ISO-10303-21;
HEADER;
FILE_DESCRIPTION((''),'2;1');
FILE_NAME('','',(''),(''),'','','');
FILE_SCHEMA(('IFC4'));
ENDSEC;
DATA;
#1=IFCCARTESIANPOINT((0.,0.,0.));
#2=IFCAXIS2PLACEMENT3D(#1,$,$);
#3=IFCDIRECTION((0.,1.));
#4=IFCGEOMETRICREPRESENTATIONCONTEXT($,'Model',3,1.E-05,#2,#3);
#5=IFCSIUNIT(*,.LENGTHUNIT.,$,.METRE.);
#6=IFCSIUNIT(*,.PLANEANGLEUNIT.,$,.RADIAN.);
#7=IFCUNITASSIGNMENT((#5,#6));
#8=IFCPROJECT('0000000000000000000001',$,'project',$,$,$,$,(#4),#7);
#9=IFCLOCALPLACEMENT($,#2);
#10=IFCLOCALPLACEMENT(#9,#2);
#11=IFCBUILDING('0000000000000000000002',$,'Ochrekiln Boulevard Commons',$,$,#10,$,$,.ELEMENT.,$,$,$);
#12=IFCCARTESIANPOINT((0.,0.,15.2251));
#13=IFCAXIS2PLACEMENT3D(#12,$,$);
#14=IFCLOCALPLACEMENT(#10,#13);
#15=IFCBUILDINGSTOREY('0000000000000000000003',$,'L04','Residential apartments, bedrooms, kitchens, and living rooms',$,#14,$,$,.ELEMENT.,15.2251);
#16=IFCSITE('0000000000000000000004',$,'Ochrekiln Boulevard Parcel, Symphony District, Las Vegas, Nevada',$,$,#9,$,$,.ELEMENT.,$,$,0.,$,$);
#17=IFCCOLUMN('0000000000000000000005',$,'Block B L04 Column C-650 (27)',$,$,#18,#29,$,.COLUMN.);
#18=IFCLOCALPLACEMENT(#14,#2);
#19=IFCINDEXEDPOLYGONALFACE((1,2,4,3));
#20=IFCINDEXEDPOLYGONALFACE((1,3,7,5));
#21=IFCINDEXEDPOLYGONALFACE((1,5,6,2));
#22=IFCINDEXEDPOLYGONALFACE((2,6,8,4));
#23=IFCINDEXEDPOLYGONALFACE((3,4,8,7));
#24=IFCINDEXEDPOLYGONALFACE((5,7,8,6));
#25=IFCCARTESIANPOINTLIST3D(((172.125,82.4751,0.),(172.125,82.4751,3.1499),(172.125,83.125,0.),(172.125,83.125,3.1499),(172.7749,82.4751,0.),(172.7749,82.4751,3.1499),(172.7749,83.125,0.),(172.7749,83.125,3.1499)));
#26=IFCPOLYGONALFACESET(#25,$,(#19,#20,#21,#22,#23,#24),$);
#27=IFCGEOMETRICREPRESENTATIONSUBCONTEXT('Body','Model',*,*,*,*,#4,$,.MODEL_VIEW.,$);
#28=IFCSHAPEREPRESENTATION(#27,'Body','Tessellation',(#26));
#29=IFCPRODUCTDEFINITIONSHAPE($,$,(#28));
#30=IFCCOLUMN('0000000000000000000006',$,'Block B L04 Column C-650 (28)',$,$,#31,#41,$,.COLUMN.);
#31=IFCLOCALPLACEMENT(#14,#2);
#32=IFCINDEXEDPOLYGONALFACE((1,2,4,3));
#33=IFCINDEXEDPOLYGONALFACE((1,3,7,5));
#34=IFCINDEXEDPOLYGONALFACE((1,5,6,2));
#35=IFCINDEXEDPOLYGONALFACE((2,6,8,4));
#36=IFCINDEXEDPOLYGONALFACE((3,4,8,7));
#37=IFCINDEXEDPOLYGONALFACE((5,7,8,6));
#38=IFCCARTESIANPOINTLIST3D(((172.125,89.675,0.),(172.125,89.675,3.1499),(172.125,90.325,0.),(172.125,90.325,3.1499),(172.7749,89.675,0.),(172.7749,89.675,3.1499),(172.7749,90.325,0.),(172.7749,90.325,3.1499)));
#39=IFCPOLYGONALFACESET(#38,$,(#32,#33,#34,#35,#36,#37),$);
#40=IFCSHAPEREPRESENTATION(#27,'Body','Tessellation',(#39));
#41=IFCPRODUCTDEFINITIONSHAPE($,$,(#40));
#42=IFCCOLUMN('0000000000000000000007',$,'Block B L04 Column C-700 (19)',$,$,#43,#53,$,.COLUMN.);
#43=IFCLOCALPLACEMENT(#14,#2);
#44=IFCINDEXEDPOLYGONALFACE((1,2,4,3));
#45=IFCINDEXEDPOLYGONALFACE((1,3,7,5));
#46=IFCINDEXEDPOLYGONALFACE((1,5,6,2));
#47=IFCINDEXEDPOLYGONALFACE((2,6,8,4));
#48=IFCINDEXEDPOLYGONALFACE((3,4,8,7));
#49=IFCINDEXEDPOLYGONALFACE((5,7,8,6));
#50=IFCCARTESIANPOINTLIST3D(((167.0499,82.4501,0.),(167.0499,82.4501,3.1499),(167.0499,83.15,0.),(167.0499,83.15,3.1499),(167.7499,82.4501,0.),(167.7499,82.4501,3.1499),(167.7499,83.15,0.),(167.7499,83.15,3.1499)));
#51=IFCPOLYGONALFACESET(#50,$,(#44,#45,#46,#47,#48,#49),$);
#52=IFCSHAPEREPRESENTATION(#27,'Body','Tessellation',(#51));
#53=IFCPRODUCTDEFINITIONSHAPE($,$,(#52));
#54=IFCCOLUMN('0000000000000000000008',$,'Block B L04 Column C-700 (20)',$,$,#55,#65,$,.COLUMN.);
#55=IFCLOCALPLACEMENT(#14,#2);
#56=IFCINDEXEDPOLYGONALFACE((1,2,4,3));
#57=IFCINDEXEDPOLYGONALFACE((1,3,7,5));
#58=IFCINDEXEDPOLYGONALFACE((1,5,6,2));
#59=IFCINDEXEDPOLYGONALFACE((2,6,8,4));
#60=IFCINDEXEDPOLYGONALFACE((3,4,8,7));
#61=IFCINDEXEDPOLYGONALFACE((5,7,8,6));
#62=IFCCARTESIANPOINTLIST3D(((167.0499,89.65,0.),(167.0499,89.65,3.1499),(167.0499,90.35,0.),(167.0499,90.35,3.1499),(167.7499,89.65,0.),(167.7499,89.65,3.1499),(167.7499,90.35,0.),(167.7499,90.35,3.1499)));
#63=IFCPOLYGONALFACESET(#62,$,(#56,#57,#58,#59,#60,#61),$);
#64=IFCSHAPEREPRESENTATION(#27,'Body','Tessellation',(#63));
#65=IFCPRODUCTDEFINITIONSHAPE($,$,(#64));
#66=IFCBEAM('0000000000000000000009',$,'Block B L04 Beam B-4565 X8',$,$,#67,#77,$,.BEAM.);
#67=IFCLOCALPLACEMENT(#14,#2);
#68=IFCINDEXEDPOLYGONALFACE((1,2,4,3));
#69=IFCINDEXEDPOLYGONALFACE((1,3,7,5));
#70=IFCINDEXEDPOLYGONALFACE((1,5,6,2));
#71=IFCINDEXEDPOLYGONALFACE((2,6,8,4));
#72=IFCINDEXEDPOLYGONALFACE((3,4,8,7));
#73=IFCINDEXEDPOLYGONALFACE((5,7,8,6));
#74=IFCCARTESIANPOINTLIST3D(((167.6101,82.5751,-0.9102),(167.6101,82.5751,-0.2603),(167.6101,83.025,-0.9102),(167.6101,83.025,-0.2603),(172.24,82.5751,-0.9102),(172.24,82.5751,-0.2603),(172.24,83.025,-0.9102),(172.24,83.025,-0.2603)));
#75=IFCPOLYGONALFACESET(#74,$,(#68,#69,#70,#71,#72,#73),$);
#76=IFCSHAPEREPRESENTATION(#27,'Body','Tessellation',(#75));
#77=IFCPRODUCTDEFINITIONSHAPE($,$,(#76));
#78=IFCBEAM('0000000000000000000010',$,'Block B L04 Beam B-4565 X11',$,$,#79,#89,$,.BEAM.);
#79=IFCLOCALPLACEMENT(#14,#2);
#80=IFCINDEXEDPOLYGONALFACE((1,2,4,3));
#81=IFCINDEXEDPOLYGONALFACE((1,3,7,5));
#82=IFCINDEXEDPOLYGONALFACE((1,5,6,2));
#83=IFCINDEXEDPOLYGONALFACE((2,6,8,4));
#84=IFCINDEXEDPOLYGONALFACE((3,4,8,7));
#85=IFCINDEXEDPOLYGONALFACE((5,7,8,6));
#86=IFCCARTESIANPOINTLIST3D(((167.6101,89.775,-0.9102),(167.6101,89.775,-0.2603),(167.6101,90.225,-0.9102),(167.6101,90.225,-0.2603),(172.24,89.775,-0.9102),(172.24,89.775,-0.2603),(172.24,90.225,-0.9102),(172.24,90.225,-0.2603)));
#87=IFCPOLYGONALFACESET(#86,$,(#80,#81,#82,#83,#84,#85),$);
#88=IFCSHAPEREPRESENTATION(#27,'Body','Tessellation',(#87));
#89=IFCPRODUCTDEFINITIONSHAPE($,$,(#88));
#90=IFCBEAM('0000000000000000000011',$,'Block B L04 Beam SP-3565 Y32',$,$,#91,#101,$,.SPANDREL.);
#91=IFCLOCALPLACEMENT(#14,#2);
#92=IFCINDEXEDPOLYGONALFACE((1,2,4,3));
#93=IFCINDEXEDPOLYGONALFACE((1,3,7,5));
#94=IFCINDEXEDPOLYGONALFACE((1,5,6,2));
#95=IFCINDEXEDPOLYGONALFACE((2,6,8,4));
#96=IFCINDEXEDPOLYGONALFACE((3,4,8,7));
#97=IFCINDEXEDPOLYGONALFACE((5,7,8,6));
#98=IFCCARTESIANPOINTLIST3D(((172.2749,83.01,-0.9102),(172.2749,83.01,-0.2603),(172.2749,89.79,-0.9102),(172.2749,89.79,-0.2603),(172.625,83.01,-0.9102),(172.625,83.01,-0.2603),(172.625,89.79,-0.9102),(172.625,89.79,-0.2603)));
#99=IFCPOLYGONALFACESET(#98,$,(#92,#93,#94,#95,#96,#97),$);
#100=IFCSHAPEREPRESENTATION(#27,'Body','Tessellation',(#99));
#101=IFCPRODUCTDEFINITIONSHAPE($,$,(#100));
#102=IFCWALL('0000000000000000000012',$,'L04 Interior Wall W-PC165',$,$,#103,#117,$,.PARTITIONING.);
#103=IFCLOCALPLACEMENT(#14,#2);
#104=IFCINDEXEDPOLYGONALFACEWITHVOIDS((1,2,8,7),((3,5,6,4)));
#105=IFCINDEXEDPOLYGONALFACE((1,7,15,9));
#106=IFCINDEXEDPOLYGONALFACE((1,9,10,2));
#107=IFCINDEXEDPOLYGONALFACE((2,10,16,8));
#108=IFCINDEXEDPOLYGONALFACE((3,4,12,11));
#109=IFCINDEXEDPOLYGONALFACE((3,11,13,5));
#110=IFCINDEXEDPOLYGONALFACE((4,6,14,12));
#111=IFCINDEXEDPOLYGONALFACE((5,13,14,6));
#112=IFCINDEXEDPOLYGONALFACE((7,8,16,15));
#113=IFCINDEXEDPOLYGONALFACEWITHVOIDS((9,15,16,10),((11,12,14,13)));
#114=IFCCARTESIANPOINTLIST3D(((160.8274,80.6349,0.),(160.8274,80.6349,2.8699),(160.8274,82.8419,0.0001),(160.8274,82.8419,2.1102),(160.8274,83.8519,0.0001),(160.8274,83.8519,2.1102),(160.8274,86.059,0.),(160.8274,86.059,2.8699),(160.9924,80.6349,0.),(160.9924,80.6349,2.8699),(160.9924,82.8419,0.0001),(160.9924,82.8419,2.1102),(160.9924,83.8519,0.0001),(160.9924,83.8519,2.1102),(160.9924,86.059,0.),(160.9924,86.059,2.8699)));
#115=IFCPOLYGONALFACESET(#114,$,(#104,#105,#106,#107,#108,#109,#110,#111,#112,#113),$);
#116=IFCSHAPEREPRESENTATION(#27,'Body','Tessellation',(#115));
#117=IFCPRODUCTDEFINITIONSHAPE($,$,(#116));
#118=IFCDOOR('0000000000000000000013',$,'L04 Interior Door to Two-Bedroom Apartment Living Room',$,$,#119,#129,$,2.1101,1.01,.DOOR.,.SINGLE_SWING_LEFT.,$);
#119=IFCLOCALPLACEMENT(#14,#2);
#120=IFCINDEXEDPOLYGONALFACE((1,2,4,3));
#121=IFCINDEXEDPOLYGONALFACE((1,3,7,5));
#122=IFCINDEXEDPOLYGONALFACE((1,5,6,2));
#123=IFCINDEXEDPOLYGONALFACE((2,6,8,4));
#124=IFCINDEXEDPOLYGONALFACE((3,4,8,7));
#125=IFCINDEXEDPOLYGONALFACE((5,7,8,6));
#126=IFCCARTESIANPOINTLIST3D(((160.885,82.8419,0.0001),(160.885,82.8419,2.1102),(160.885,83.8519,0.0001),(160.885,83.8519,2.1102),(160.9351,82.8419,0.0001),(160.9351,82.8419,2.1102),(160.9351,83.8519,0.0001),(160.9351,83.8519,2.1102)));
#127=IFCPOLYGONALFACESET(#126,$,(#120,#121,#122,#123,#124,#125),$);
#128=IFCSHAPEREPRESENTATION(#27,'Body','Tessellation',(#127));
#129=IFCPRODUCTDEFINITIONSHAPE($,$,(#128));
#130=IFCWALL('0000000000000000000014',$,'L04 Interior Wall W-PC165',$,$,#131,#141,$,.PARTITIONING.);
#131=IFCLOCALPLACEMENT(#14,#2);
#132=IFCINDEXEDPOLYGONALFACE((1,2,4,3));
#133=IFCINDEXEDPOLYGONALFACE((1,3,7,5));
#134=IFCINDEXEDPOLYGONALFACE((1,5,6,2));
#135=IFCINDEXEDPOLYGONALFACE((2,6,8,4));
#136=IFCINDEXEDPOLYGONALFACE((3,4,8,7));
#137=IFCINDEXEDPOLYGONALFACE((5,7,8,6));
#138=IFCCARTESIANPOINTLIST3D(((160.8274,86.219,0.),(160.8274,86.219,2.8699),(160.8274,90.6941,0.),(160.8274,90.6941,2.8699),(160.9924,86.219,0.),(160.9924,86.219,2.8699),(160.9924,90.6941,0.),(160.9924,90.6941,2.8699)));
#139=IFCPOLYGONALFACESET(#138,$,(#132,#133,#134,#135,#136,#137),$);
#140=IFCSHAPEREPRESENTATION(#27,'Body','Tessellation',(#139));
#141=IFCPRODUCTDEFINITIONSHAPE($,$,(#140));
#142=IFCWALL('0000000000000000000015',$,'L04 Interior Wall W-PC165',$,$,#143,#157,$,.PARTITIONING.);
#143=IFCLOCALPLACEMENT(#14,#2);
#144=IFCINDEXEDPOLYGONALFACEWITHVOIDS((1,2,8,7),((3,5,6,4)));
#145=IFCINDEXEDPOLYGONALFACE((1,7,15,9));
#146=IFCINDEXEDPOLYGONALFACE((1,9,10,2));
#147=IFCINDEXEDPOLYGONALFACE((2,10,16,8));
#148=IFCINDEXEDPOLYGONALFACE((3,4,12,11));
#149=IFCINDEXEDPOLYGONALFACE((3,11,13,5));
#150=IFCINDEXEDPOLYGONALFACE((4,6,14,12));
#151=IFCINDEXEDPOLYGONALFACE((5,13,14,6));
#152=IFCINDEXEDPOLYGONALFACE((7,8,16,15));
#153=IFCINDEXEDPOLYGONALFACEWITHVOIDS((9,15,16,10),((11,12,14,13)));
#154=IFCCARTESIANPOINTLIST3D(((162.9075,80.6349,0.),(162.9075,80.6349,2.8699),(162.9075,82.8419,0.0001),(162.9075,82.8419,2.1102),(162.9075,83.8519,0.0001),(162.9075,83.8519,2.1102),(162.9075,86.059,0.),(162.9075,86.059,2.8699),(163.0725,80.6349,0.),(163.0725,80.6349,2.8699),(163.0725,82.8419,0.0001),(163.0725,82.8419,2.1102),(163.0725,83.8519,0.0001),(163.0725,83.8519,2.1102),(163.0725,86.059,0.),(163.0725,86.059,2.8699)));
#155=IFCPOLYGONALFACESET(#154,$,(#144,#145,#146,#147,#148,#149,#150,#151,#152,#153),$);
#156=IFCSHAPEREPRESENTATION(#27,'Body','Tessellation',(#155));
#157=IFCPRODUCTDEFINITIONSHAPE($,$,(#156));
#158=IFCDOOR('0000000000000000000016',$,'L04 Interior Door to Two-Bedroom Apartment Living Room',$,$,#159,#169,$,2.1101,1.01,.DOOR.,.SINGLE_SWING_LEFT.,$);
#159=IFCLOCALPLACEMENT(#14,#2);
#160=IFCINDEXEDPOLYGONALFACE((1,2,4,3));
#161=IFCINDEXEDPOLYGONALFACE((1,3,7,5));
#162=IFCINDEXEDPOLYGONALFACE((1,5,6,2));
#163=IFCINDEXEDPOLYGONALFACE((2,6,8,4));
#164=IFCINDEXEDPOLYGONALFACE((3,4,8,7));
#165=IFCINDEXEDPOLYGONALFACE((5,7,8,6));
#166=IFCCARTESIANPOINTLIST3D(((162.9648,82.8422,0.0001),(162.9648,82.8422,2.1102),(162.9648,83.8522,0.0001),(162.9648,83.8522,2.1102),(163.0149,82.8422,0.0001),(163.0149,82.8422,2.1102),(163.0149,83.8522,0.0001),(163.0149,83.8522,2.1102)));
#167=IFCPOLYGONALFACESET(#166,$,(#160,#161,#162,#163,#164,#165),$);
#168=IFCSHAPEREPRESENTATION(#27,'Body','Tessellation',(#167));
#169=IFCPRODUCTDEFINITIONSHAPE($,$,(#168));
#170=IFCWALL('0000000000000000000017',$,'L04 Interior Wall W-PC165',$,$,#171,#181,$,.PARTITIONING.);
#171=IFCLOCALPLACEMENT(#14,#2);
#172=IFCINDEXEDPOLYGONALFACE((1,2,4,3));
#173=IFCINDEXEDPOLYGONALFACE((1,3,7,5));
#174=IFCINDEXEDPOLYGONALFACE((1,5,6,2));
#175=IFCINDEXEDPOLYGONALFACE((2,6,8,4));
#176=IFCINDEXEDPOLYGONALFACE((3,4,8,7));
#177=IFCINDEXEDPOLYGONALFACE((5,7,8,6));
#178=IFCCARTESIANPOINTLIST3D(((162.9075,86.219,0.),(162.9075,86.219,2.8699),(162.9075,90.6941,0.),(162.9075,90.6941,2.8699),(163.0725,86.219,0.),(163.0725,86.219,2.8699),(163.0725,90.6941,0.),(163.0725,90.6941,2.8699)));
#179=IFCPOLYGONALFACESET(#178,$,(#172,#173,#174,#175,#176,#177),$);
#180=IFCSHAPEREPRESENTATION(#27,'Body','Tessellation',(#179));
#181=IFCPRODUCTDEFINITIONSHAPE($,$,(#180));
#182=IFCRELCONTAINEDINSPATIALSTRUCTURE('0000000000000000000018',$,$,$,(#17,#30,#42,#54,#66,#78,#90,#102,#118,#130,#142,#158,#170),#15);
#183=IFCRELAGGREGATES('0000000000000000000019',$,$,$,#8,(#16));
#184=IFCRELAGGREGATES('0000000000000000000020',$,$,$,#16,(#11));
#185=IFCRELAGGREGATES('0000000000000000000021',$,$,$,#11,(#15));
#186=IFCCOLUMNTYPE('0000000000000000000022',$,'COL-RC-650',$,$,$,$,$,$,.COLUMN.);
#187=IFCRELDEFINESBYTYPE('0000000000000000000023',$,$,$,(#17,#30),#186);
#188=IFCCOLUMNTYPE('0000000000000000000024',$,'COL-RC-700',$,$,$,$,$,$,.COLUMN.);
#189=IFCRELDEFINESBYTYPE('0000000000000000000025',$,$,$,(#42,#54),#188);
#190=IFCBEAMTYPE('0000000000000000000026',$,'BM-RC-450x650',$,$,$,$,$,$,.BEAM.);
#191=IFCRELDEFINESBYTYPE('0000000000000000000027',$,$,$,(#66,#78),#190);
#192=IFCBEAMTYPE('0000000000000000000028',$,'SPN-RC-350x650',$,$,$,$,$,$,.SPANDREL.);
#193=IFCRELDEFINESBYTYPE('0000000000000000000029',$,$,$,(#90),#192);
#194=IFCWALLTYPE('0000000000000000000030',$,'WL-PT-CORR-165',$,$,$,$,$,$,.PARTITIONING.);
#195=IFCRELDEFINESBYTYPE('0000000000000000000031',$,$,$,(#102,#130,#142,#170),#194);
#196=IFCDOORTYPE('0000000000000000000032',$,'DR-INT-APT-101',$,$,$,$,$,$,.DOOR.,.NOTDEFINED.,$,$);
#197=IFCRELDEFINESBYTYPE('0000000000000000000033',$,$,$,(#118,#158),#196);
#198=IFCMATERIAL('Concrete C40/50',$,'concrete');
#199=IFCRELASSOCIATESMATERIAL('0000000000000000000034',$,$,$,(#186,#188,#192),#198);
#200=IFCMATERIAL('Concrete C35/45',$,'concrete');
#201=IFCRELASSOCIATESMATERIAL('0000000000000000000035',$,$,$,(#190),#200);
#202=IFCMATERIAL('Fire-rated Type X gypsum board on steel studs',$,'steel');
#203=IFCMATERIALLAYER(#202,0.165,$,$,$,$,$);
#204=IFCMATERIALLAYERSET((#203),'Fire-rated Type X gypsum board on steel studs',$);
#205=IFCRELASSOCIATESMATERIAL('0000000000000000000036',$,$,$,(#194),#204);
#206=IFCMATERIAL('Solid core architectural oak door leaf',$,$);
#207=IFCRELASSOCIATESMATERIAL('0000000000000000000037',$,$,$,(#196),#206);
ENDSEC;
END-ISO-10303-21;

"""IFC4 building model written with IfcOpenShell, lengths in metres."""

from ifc_helpers import new_model, si_unit, direction, frame, frame_2d, origin, origin_2d, place, context, subcontext, project, spatial, rectangle, extrude, material, layer, layer_set, material_profile, profile_set, type_object, element, fill, save


model = new_model("IFC4")

# Units and contexts
model_context = context("Model", 3, precision=1e-05, world=origin(), true_north=direction((0.0, 1.0)))
body_context = subcontext(model_context, "Body", "Model", "MODEL_VIEW")
ifc_project = project(units=[si_unit("LENGTHUNIT", "METRE"), si_unit("PLANEANGLEUNIT", "RADIAN")], contexts=[model_context])

# Site, building, storey
site_placement = place(None, origin())
site = spatial("IfcSite", under=ifc_project, at=site_placement, Name="Ochrekiln Boulevard Parcel, Symphony District, Las Vegas, Nevada", CompositionType="ELEMENT", RefElevation=0.0)
building_placement = place(site_placement, origin())
building = spatial("IfcBuilding", under=site, at=building_placement, Name="Ochrekiln Boulevard Commons", CompositionType="ELEMENT")
storey_placement = place(building_placement, frame((0.0, 0.0, 15.2251)))
storey = spatial("IfcBuildingStorey", under=building, at=storey_placement, Name="L04", Description="Residential apartments, bedrooms, kitchens, and living rooms", CompositionType="ELEMENT", Elevation=15.2251)

# Columns
ifc_material_1 = material(Name="Concrete C40/50", Category="concrete")
ifc_material_profile_1 = material_profile(ifc_material_1, rectangle(XDim=0.6499, YDim=0.6499, at=origin_2d()), Name="RC-COL-650x650")
ifc_profile_set_1 = profile_set([ifc_material_profile_1], Name="Concrete C40/50")
column_type_1 = type_object("IfcColumnType", Name="COL-RC-650", PredefinedType="COLUMN", material=ifc_profile_set_1)
for number, where, z_axis, x_axis, name in (
    (1, (172.45, 82.8, 0.0), (0.0, 0.0, 1.0), (1.0, 0.0, 0.0), "Block B L04 Column C-650 (27)"),
    (2, (172.45, 90.0, 0.0), (0.0, 0.0, 1.0), (1.0, 0.0, 0.0), "Block B L04 Column C-650 (28)"),
):
    element("IfcColumn", number, at=place(storey_placement, frame(where, z_axis=z_axis, x_axis=x_axis)), inside=storey, type_object=column_type_1, Name=name, PredefinedType="COLUMN", context=body_context, shape_type="SweptSolid", body=[
        extrude(rectangle(XDim=0.6499, YDim=0.6499, at=origin_2d()), origin(), (0.0, 0.0, 1.0), 3.1499),
    ])
ifc_material_profile_2 = material_profile(ifc_material_1, rectangle(XDim=0.7, YDim=0.7, at=origin_2d()), Name="RC-COL-700x700")
ifc_profile_set_2 = profile_set([ifc_material_profile_2], Name="Concrete C40/50")
column_type_2 = type_object("IfcColumnType", Name="COL-RC-700", PredefinedType="COLUMN", material=ifc_profile_set_2)
for number, where, z_axis, x_axis, name in (
    (3, (167.3999, 82.8, 0.0), (0.0, 0.0, 1.0), (1.0, 0.0, 0.0), "Block B L04 Column C-700 (19)"),
    (4, (167.3999, 90.0, 0.0), (0.0, 0.0, 1.0), (1.0, 0.0, 0.0), "Block B L04 Column C-700 (20)"),
):
    element("IfcColumn", number, at=place(storey_placement, frame(where, z_axis=z_axis, x_axis=x_axis)), inside=storey, type_object=column_type_2, Name=name, PredefinedType="COLUMN", context=body_context, shape_type="SweptSolid", body=[
        extrude(rectangle(XDim=0.7, YDim=0.7, at=origin_2d()), origin(), (0.0, 0.0, 1.0), 3.1499),
    ])

# Beams
ifc_material_2 = material(Name="Concrete C35/45", Category="concrete")
ifc_material_profile_3 = material_profile(ifc_material_2, rectangle(XDim=0.45, YDim=0.6499, at=origin_2d()), Name="RC-BM-450x650")
ifc_profile_set_3 = profile_set([ifc_material_profile_3], Name="Concrete C35/45")
beam_type_1 = type_object("IfcBeamType", Name="BM-RC-450x650", PredefinedType="BEAM", material=ifc_profile_set_3)
for number, where, z_axis, x_axis, name in (
    (5, (167.6101, 82.8, -0.5852), (1.0, 0.0, 0.0), (0.0, 1.0, 0.0), "Block B L04 Beam B-4565 X8"),
    (6, (167.6101, 90.0, -0.5852), (1.0, 0.0, 0.0), (0.0, 1.0, 0.0), "Block B L04 Beam B-4565 X11"),
):
    element("IfcBeam", number, at=place(storey_placement, frame(where, z_axis=z_axis, x_axis=x_axis)), inside=storey, type_object=beam_type_1, Name=name, PredefinedType="BEAM", context=body_context, shape_type="SweptSolid", body=[
        extrude(rectangle(XDim=0.45, YDim=0.6499, at=origin_2d()), origin(), (0.0, 0.0, 1.0), 4.6299),
    ])
ifc_material_profile_4 = material_profile(ifc_material_1, rectangle(XDim=0.3501, YDim=0.6499, at=origin_2d()), Name="RC-SPN-350x650")
ifc_profile_set_4 = profile_set([ifc_material_profile_4], Name="Concrete C40/50")
beam_type_2 = type_object("IfcBeamType", Name="SPN-RC-350x650", PredefinedType="SPANDREL", material=ifc_profile_set_4)
beam_placement = place(storey_placement, frame((172.45, 83.01, -0.5852), z_axis=(0.0, 1.0, 0.0), x_axis=(-1.0, 0.0, 0.0)))
element("IfcBeam", 7, at=beam_placement, inside=storey, type_object=beam_type_2, Name="Block B L04 Beam SP-3565 Y32", PredefinedType="SPANDREL", context=body_context, shape_type="SweptSolid", body=[
    extrude(rectangle(XDim=0.3501, YDim=0.6499, at=origin_2d()), origin(), (0.0, 0.0, 1.0), 6.78),
])

# Wall, opening, door
ifc_material_3 = material(Name="Fire-rated Type X gypsum board on steel studs", Category="steel")
ifc_layer_1 = layer(ifc_material_3, 0.165)
ifc_layer_set_1 = layer_set([ifc_layer_1], Name="Fire-rated Type X gypsum board on steel studs")
wall_type_1 = type_object("IfcWallType", Name="WL-PT-CORR-165", PredefinedType="PARTITIONING", material=ifc_layer_set_1)
wall_1_placement = place(storey_placement, frame((160.9099, 80.635, 0.0), z_axis=(0.0, 0.0, 1.0), x_axis=(0.0, 1.0, 0.0)))
wall_1 = element("IfcWall", 8, at=wall_1_placement, inside=storey, type_object=wall_type_1, Name="L04 Interior Wall W-PC165", PredefinedType="PARTITIONING", context=body_context, shape_type="SweptSolid", body=[
    extrude(rectangle(XDim=5.4241, YDim=0.165, at=frame_2d((2.7119, 0.0))), origin(), (0.0, 0.0, 1.0), 2.8699),
])
opening_1_placement = place(wall_1_placement, frame((2.207, 0.0, 0.0)))
opening_1 = element("IfcOpeningElement", 9, at=opening_1_placement, cuts=wall_1, PredefinedType="OPENING", context=body_context, shape_type="SweptSolid", body=[
    extrude(rectangle(XDim=1.01, YDim=2.1101, at=frame_2d((0.5049, 1.0552))), frame((0.0, 0.0925, 0.0), z_axis=(0.0, -1.0, 0.0), x_axis=(1.0, 0.0, 0.0)), (0.0, 0.0, 1.0), 0.1851),
])
ifc_material_4 = material(Name="Solid core architectural oak door leaf")
door_type_1 = type_object("IfcDoorType", Name="DR-INT-APT-101", OperationType="NOTDEFINED", PredefinedType="DOOR", material=ifc_material_4)
door_1_placement = place(opening_1_placement, origin())
door_1 = element("IfcDoor", 10, at=door_1_placement, inside=storey, type_object=door_type_1, Name="L04 Interior Door to Two-Bedroom Apartment Living Room", OperationType="SINGLE_SWING_LEFT", OverallHeight=2.1101, OverallWidth=1.01, PredefinedType="DOOR", context=body_context, shape_type="SweptSolid", body=[
    extrude(rectangle(XDim=1.01, YDim=2.1101, at=frame_2d((0.5049, 1.0552))), frame((0.0, 0.0249, 0.0), z_axis=(0.0, -1.0, 0.0), x_axis=(1.0, 0.0, 0.0)), (0.0, 0.0, 1.0), 0.05),
])
fill(opening_1, door_1)

# Wall
wall_2_placement = place(storey_placement, frame((160.9099, 86.219, 0.0), z_axis=(0.0, 0.0, 1.0), x_axis=(0.0, 1.0, 0.0)))
element("IfcWall", 11, at=wall_2_placement, inside=storey, type_object=wall_type_1, Name="L04 Interior Wall W-PC165", PredefinedType="PARTITIONING", context=body_context, shape_type="SweptSolid", body=[
    extrude(rectangle(XDim=4.4751, YDim=0.165, at=frame_2d((2.2375, 0.0))), origin(), (0.0, 0.0, 1.0), 2.8699),
])

# Wall, opening, door
wall_3_placement = place(storey_placement, frame((162.99, 80.635, 0.0), z_axis=(0.0, 0.0, 1.0), x_axis=(0.0, 1.0, 0.0)))
wall_3 = element("IfcWall", 12, at=wall_3_placement, inside=storey, type_object=wall_type_1, Name="L04 Interior Wall W-PC165", PredefinedType="PARTITIONING", context=body_context, shape_type="SweptSolid", body=[
    extrude(rectangle(XDim=5.4241, YDim=0.165, at=frame_2d((2.7119, 0.0))), origin(), (0.0, 0.0, 1.0), 2.8699),
])
opening_2_placement = place(wall_3_placement, frame((2.207, 0.0, 0.0)))
opening_2 = element("IfcOpeningElement", 13, at=opening_2_placement, cuts=wall_3, PredefinedType="OPENING", context=body_context, shape_type="SweptSolid", body=[
    extrude(rectangle(XDim=1.01, YDim=2.1101, at=frame_2d((0.5049, 1.0552))), frame((0.0, 0.0925, 0.0), z_axis=(0.0, -1.0, 0.0), x_axis=(1.0, 0.0, 0.0)), (0.0, 0.0, 1.0), 0.1851),
])
door_2_placement = place(opening_2_placement, frame((1.01, 0.0, 0.0), z_axis=(0.0, 0.0, 1.0), x_axis=(-1.0, 0.0, 0.0)))
door_2 = element("IfcDoor", 14, at=door_2_placement, inside=storey, type_object=door_type_1, Name="L04 Interior Door to Two-Bedroom Apartment Living Room", OperationType="SINGLE_SWING_LEFT", OverallHeight=2.1101, OverallWidth=1.01, PredefinedType="DOOR", context=body_context, shape_type="SweptSolid", body=[
    extrude(rectangle(XDim=1.01, YDim=2.1101, at=frame_2d((0.5049, 1.0552))), frame((0.0, 0.0249, 0.0), z_axis=(0.0, -1.0, 0.0), x_axis=(1.0, 0.0, 0.0)), (0.0, 0.0, 1.0), 0.05),
])
fill(opening_2, door_2)

# Wall
wall_4_placement = place(storey_placement, frame((162.99, 86.219, 0.0), z_axis=(0.0, 0.0, 1.0), x_axis=(0.0, 1.0, 0.0)))
element("IfcWall", 15, at=wall_4_placement, inside=storey, type_object=wall_type_1, Name="L04 Interior Wall W-PC165", PredefinedType="PARTITIONING", context=body_context, shape_type="SweptSolid", body=[
    extrude(rectangle(XDim=4.4751, YDim=0.165, at=frame_2d((2.2375, 0.0))), origin(), (0.0, 0.0, 1.0), 2.8699),
])

save(model, "model.ifc")
